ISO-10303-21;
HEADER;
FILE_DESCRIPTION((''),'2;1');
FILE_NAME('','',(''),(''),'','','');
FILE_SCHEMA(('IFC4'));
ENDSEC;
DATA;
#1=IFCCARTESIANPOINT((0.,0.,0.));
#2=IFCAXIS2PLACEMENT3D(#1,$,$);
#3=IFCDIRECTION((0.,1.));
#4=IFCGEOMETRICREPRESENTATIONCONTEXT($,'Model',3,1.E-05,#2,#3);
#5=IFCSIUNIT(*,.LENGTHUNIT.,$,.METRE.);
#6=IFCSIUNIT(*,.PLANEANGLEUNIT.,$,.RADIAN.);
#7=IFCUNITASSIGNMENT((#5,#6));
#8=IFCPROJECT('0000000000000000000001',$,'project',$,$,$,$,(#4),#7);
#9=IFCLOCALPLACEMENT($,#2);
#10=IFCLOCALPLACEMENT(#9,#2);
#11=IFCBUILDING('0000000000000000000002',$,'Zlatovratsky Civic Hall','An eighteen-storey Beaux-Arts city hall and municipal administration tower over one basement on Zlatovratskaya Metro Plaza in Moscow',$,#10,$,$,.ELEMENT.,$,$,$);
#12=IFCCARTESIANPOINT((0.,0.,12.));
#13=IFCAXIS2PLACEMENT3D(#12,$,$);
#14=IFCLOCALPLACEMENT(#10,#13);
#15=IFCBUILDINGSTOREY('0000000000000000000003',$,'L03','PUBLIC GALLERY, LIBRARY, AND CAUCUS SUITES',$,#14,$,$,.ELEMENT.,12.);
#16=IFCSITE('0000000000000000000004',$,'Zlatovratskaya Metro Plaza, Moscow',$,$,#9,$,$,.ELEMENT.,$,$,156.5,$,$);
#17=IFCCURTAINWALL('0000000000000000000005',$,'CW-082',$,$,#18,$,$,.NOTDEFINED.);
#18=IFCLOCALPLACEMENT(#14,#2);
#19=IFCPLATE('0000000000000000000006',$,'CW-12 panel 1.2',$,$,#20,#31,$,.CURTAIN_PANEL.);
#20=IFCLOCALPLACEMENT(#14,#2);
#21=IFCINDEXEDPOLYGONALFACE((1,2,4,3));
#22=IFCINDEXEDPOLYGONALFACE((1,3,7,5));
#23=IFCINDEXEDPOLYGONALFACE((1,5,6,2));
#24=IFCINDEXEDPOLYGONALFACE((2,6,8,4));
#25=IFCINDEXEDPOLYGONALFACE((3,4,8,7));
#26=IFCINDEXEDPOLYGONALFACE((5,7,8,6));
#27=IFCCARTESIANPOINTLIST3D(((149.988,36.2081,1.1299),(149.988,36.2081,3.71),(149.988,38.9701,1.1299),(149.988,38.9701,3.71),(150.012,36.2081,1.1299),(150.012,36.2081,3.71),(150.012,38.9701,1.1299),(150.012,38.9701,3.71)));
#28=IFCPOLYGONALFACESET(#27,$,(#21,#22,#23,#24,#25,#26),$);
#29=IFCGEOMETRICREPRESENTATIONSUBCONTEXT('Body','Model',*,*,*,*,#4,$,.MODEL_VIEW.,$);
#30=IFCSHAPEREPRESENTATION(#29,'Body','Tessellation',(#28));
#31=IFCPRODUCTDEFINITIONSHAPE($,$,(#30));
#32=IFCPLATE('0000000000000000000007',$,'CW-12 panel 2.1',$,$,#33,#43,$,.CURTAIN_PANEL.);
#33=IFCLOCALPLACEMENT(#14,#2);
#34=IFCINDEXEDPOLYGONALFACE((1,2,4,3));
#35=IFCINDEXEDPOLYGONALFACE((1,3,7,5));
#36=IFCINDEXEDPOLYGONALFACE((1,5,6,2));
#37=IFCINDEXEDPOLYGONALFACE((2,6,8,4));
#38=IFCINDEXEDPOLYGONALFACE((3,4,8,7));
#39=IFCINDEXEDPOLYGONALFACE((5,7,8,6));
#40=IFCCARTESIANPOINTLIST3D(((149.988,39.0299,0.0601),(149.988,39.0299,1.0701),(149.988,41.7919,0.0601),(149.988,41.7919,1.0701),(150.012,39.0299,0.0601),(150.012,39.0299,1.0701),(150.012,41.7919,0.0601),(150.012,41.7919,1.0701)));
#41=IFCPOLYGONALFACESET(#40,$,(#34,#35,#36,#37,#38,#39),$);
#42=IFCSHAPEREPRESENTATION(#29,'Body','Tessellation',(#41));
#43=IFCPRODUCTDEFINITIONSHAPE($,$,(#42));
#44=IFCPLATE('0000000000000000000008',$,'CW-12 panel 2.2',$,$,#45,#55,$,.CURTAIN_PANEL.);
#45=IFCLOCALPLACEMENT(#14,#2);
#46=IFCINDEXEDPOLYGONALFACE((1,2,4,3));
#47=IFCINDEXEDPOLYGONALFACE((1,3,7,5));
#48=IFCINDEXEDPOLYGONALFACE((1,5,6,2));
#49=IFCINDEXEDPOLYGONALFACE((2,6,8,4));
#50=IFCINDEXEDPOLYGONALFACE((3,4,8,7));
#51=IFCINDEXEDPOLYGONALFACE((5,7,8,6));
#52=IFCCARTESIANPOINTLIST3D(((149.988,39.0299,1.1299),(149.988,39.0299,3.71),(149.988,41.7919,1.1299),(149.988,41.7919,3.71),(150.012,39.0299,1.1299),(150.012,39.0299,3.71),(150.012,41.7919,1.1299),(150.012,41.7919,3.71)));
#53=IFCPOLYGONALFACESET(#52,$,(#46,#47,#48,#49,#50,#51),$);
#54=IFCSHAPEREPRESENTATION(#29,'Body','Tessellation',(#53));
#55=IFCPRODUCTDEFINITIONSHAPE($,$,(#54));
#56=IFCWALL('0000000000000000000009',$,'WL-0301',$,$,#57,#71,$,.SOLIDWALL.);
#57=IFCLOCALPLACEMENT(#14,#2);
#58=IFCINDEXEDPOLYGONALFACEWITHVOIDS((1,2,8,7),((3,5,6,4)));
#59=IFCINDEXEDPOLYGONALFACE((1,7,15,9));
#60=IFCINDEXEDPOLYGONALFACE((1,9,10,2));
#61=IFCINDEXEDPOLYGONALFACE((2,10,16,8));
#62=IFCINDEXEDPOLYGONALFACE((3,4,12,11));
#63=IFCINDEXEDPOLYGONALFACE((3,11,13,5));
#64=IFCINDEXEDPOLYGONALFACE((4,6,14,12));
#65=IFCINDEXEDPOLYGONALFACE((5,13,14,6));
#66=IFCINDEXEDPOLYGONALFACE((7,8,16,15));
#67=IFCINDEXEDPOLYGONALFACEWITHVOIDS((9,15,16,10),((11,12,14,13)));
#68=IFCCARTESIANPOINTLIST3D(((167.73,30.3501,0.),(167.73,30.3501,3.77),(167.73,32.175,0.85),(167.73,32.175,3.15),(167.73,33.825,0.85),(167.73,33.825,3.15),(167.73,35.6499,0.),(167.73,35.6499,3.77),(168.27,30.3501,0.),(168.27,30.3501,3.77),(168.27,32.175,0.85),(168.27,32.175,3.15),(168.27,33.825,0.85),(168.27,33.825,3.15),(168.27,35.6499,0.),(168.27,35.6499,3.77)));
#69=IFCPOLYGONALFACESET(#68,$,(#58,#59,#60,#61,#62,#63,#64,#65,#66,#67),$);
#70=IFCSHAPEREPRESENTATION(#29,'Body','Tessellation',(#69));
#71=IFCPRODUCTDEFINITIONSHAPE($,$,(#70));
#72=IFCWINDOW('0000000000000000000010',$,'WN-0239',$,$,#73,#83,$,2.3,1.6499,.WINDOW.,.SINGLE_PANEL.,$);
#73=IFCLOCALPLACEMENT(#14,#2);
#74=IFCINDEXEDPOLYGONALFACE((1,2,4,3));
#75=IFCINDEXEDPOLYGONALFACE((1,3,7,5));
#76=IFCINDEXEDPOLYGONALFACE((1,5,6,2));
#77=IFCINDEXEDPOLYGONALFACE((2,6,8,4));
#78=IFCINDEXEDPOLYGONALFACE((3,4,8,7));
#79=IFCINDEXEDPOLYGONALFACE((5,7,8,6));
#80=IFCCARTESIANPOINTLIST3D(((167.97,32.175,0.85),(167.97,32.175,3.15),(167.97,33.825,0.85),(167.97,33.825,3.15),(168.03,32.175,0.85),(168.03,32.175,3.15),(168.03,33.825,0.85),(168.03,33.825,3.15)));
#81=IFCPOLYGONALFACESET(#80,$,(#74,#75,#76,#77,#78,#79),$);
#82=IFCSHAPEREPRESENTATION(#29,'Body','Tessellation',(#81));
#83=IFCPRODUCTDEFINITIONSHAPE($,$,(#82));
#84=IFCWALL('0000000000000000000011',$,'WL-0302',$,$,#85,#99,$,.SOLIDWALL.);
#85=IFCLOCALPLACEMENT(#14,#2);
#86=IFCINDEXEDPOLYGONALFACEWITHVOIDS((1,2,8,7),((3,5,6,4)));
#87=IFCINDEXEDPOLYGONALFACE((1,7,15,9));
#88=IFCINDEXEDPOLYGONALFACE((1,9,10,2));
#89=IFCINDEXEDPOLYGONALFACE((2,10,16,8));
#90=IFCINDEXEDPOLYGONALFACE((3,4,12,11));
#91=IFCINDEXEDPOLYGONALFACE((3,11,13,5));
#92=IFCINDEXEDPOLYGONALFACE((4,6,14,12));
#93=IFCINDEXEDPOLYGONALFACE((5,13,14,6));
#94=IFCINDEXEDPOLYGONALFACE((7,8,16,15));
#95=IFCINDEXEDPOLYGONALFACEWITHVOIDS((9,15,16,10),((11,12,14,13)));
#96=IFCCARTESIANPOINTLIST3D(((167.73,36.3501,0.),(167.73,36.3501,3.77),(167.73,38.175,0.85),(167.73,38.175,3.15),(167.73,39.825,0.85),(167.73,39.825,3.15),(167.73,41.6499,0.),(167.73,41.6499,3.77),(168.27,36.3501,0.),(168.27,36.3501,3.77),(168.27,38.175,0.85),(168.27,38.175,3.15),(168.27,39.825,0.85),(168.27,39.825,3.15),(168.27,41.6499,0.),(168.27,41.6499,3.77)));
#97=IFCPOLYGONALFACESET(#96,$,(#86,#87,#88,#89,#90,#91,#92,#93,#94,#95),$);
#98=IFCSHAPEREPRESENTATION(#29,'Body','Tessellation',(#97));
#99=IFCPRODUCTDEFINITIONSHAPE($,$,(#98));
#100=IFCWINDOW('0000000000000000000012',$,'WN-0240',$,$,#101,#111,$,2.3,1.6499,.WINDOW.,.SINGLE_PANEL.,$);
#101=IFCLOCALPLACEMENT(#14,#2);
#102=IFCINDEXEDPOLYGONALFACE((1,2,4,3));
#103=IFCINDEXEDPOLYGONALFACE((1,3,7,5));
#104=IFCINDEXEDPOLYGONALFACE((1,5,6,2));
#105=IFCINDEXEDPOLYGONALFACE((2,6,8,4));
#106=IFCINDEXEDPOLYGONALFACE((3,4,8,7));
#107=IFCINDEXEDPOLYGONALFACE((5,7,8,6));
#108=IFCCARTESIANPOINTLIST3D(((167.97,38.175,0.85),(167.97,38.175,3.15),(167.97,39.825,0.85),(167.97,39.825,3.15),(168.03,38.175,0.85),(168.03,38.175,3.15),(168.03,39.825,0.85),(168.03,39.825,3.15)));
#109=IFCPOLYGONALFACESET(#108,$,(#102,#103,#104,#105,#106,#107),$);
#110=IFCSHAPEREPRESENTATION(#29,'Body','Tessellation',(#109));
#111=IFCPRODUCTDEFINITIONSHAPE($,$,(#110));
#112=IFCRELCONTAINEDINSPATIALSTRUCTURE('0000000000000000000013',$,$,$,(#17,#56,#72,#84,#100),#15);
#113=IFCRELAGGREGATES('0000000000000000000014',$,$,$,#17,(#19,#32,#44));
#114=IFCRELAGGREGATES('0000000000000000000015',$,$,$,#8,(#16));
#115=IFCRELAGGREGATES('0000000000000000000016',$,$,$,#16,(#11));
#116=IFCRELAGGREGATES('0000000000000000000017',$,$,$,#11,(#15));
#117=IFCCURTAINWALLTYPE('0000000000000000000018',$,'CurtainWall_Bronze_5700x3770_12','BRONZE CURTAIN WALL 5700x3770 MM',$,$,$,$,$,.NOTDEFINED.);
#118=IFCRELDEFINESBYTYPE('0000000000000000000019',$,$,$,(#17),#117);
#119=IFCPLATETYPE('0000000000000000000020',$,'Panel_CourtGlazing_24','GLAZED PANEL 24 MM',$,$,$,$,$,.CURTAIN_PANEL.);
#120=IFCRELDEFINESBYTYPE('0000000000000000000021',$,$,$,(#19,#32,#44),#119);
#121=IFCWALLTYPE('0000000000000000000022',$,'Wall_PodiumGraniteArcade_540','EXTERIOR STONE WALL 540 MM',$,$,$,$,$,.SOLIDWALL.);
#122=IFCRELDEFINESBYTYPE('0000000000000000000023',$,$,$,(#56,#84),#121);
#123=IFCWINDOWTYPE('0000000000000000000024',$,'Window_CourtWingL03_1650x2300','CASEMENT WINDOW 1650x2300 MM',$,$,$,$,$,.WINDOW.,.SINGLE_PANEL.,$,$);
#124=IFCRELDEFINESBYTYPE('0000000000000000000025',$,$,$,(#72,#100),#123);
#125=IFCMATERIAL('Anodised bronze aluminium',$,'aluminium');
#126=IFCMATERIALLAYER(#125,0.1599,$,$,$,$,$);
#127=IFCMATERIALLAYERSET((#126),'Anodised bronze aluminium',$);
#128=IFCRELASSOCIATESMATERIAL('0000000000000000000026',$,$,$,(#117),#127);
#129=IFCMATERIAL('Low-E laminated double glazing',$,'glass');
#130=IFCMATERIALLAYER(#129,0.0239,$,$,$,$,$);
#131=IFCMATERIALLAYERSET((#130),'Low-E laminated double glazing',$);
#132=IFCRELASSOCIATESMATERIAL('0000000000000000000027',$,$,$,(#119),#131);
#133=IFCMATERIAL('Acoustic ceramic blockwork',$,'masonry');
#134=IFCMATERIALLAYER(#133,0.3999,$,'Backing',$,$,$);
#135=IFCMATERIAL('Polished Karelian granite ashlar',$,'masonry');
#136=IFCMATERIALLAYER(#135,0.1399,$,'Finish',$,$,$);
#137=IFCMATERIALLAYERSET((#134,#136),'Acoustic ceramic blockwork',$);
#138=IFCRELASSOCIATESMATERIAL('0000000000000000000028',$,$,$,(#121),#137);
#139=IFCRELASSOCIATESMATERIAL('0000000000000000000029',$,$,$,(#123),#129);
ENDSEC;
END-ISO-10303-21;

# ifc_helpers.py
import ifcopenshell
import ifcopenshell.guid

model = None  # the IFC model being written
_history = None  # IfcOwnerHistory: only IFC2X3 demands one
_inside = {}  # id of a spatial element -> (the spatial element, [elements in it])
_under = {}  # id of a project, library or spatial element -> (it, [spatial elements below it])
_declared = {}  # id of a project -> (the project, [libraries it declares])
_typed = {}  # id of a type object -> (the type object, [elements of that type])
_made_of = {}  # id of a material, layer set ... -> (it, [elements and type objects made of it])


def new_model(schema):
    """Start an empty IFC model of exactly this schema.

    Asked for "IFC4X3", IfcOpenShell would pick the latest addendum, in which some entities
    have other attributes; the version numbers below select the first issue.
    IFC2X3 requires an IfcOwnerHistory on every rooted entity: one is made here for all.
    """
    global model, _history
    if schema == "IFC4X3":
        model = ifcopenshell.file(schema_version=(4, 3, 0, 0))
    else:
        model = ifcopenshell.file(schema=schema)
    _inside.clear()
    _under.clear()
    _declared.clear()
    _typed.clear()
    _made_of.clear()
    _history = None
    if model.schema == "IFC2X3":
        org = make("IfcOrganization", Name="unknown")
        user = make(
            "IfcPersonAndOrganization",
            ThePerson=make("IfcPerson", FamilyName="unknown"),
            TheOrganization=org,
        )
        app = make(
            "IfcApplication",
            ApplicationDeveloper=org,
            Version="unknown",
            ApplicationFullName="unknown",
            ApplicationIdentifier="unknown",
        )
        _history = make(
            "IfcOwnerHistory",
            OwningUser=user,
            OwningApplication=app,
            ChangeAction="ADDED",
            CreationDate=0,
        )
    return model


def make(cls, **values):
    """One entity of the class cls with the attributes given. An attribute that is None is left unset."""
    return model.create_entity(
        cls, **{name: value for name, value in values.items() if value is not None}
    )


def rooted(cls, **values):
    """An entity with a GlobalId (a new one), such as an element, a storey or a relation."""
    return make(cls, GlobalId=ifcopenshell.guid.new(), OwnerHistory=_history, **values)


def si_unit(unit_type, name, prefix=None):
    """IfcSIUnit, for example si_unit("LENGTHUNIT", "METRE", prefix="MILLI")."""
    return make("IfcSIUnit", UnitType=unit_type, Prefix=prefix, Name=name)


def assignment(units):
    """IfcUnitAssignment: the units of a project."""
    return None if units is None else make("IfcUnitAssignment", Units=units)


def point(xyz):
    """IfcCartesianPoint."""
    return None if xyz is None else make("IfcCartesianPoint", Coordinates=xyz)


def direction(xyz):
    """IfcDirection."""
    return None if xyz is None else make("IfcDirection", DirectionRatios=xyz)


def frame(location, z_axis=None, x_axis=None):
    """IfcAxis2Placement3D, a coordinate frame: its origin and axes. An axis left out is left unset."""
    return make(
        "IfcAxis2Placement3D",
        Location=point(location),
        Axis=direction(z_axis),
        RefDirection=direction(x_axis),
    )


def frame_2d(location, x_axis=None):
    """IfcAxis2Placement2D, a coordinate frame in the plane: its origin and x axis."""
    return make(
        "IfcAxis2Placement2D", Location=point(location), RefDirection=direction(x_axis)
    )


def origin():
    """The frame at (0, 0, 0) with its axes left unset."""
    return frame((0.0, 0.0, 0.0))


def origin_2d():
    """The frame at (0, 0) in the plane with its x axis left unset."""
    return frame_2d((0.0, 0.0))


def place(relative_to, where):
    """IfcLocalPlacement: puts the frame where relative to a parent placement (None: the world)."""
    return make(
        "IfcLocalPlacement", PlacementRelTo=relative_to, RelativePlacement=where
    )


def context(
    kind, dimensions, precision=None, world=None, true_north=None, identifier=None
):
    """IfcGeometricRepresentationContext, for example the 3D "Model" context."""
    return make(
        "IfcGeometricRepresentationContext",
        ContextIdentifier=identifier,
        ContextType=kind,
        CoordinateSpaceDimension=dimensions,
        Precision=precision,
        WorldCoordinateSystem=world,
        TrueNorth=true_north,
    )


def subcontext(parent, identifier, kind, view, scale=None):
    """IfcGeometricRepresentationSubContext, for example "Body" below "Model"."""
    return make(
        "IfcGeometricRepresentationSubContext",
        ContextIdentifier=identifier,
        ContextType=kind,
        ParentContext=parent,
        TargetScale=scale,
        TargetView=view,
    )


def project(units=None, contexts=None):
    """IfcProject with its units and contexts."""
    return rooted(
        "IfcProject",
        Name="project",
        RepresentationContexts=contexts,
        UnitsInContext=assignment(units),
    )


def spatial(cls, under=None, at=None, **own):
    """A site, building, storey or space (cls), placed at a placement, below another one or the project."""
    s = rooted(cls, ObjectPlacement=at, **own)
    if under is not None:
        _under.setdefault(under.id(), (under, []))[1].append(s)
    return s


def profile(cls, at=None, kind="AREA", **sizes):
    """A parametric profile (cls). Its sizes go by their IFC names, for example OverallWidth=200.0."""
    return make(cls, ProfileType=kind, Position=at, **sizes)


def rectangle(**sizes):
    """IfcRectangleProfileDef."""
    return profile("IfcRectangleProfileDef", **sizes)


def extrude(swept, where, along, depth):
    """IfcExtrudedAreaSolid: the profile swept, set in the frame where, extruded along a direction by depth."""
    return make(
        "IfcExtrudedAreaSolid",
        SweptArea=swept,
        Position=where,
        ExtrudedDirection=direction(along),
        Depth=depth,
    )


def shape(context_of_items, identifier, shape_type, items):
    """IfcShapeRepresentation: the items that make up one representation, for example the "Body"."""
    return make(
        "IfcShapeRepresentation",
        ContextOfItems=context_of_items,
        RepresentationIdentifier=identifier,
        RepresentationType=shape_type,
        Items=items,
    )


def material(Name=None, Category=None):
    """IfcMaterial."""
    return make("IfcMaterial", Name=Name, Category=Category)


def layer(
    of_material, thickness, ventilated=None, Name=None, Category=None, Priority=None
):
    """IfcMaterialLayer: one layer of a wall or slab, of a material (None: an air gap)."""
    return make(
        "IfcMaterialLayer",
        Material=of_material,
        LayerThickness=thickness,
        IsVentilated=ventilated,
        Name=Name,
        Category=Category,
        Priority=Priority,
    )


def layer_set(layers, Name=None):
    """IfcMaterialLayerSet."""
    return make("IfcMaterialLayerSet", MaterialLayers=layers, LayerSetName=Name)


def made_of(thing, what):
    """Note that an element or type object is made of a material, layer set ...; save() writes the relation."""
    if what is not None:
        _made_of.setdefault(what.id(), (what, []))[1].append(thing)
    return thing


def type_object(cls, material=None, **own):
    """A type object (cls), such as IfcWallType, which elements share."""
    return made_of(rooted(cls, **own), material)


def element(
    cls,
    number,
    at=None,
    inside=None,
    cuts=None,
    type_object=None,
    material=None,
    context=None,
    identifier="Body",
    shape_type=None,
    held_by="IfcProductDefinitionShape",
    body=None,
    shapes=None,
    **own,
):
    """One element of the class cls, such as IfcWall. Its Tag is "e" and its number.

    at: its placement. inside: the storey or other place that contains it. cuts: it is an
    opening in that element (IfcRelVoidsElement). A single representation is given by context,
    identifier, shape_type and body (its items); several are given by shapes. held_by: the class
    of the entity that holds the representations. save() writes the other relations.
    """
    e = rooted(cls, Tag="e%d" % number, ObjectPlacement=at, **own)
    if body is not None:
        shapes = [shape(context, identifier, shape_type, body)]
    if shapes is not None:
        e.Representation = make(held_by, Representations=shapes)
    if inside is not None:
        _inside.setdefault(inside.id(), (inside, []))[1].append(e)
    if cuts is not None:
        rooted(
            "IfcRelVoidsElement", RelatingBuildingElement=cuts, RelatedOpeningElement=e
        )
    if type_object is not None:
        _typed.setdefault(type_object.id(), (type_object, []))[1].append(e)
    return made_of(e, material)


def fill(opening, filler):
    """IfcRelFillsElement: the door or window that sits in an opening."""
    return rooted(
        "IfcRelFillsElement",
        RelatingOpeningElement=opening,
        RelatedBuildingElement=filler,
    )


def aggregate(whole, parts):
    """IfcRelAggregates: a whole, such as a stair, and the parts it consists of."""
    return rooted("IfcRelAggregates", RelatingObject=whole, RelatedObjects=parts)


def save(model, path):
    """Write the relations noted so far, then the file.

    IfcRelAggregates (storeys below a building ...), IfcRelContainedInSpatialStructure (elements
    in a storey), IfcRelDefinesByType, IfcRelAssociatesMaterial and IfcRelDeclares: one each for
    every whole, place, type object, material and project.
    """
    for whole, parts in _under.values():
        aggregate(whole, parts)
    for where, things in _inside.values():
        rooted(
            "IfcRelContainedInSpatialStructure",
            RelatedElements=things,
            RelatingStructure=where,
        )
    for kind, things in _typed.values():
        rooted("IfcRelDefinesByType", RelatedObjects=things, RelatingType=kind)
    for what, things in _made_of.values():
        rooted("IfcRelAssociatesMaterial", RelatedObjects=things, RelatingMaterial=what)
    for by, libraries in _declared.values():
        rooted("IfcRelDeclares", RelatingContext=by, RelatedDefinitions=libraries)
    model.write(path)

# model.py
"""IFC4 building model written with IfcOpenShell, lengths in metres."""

from ifc_helpers import new_model, si_unit, direction, frame, frame_2d, origin, origin_2d, place, context, subcontext, project, spatial, rectangle, extrude, material, layer, layer_set, type_object, element, fill, aggregate, save


model = new_model("IFC4")

# Units and contexts
model_context = context("Model", 3, precision=1e-05, world=origin(), true_north=direction((0.0, 1.0)))
body_context = subcontext(model_context, "Body", "Model", "MODEL_VIEW")
ifc_project = project(units=[si_unit("LENGTHUNIT", "METRE"), si_unit("PLANEANGLEUNIT", "RADIAN")], contexts=[model_context])

# Site, building, storey
site_placement = place(None, origin())
site = spatial("IfcSite", under=ifc_project, at=site_placement, Name="Zlatovratskaya Metro Plaza, Moscow", CompositionType="ELEMENT", RefElevation=156.5)
building_placement = place(site_placement, origin())
building = spatial("IfcBuilding", under=site, at=building_placement, Name="Zlatovratsky Civic Hall", Description="An eighteen-storey Beaux-Arts city hall and municipal administration tower over one basement on Zlatovratskaya Metro Plaza in Moscow", CompositionType="ELEMENT")
storey_placement = place(building_placement, frame((0.0, 0.0, 12.0)))
storey = spatial("IfcBuildingStorey", under=building, at=storey_placement, Name="L03", Description="PUBLIC GALLERY, LIBRARY, AND CAUCUS SUITES", CompositionType="ELEMENT", Elevation=12.0)

# Curtain wall
ifc_material_1 = material(Name="Anodised bronze aluminium", Category="aluminium")
ifc_layer_1 = layer(ifc_material_1, 0.1599)
ifc_layer_set_1 = layer_set([ifc_layer_1], Name="Anodised bronze aluminium")
curtain_wall_type = type_object("IfcCurtainWallType", Name="CurtainWall_Bronze_5700x3770_12", Description="BRONZE CURTAIN WALL 5700x3770 MM", PredefinedType="NOTDEFINED", material=ifc_layer_set_1)
curtain_wall_placement = place(storey_placement, origin())
curtain_wall = element("IfcCurtainWall", 1, at=curtain_wall_placement, inside=storey, type_object=curtain_wall_type, Name="CW-082", PredefinedType="NOTDEFINED")

# Plates
ifc_material_2 = material(Name="Low-E laminated double glazing", Category="glass")
ifc_layer_2 = layer(ifc_material_2, 0.0239)
ifc_layer_set_2 = layer_set([ifc_layer_2], Name="Low-E laminated double glazing")
plate_type = type_object("IfcPlateType", Name="Panel_CourtGlazing_24", Description="GLAZED PANEL 24 MM", PredefinedType="CURTAIN_PANEL", material=ifc_layer_set_2)
plate_1_placement = place(storey_placement, frame((150.0, 37.5891, 1.1299), z_axis=(0.0, 0.0, 1.0), x_axis=(0.0, 1.0, 0.0)))
plate_1 = element("IfcPlate", 2, at=plate_1_placement, type_object=plate_type, Name="CW-12 panel 1.2", PredefinedType="CURTAIN_PANEL", context=body_context, shape_type="SweptSolid", body=[
    extrude(rectangle(XDim=2.762, YDim=0.0239, at=origin_2d()), origin(), (0.0, 0.0, 1.0), 2.5801),
])
plate_2_placement = place(storey_placement, frame((150.0, 40.4109, 0.0601), z_axis=(0.0, 0.0, 1.0), x_axis=(0.0, 1.0, 0.0)))
plate_2 = element("IfcPlate", 3, at=plate_2_placement, type_object=plate_type, Name="CW-12 panel 2.1", PredefinedType="CURTAIN_PANEL", context=body_context, shape_type="SweptSolid", body=[
    extrude(rectangle(XDim=2.762, YDim=0.0239, at=origin_2d()), origin(), (0.0, 0.0, 1.0), 1.01),
])
plate_3_placement = place(storey_placement, frame((150.0, 40.4109, 1.1299), z_axis=(0.0, 0.0, 1.0), x_axis=(0.0, 1.0, 0.0)))
plate_3 = element("IfcPlate", 4, at=plate_3_placement, type_object=plate_type, Name="CW-12 panel 2.2", PredefinedType="CURTAIN_PANEL", context=body_context, shape_type="SweptSolid", body=[
    extrude(rectangle(XDim=2.762, YDim=0.0239, at=origin_2d()), origin(), (0.0, 0.0, 1.0), 2.5801),
])
aggregate(curtain_wall, [plate_1, plate_2, plate_3])

# Walls, openings, windows
ifc_material_3 = material(Name="Acoustic ceramic blockwork", Category="masonry")
ifc_layer_3 = layer(ifc_material_3, 0.3999, Name="Backing")
ifc_material_4 = material(Name="Polished Karelian granite ashlar", Category="masonry")
ifc_layer_4 = layer(ifc_material_4, 0.1399, Name="Finish")
ifc_layer_set_3 = layer_set([ifc_layer_3, ifc_layer_4], Name="Acoustic ceramic blockwork")
wall_type = type_object("IfcWallType", Name="Wall_PodiumGraniteArcade_540", Description="EXTERIOR STONE WALL 540 MM", PredefinedType="SOLIDWALL", material=ifc_layer_set_3)
wall_1_placement = place(storey_placement, frame((168.0, 30.3501, 0.0), z_axis=(0.0, 0.0, 1.0), x_axis=(0.0, 1.0, 0.0)))
wall_1 = element("IfcWall", 5, at=wall_1_placement, inside=storey, type_object=wall_type, Name="WL-0301", PredefinedType="SOLIDWALL", context=body_context, shape_type="SweptSolid", body=[
    extrude(rectangle(XDim=5.2998, YDim=0.54, at=frame_2d((2.6499, 0.0))), origin(), (0.0, 0.0, 1.0), 3.77),
])
opening_1_placement = place(wall_1_placement, frame((1.825, 0.0, 0.8501)))
opening_1 = element("IfcOpeningElement", 6, at=opening_1_placement, cuts=wall_1, PredefinedType="OPENING", context=body_context, shape_type="SweptSolid", body=[
    extrude(rectangle(XDim=1.6499, YDim=2.3, at=frame_2d((0.825, 1.1499))), frame((0.0, 0.2849, 0.0), z_axis=(0.0, -1.0, 0.0), x_axis=(1.0, 0.0, 0.0)), (0.0, 0.0, 1.0), 0.5698),
])
window_type = type_object("IfcWindowType", Name="Window_CourtWingL03_1650x2300", Description="CASEMENT WINDOW 1650x2300 MM", PartitioningType="SINGLE_PANEL", PredefinedType="WINDOW", material=ifc_material_2)
window_1_placement = place(opening_1_placement, origin())
window_1 = element("IfcWindow", 7, at=window_1_placement, inside=storey, type_object=window_type, Name="WN-0239", OverallHeight=2.3, OverallWidth=1.6499, PartitioningType="SINGLE_PANEL", PredefinedType="WINDOW", context=body_context, shape_type="SweptSolid", body=[
    extrude(rectangle(XDim=1.6499, YDim=2.3, at=frame_2d((0.825, 1.1499))), frame((0.0, 0.03, 0.0), z_axis=(0.0, -1.0, 0.0), x_axis=(1.0, 0.0, 0.0)), (0.0, 0.0, 1.0), 0.0601),
])
fill(opening_1, window_1)
wall_2_placement = place(storey_placement, frame((168.0, 36.3501, 0.0), z_axis=(0.0, 0.0, 1.0), x_axis=(0.0, 1.0, 0.0)))
wall_2 = element("IfcWall", 8, at=wall_2_placement, inside=storey, type_object=wall_type, Name="WL-0302", PredefinedType="SOLIDWALL", context=body_context, shape_type="SweptSolid", body=[
    extrude(rectangle(XDim=5.2998, YDim=0.54, at=frame_2d((2.6499, 0.0))), origin(), (0.0, 0.0, 1.0), 3.77),
])
opening_2_placement = place(wall_2_placement, frame((1.825, 0.0, 0.8501)))
opening_2 = element("IfcOpeningElement", 9, at=opening_2_placement, cuts=wall_2, PredefinedType="OPENING", context=body_context, shape_type="SweptSolid", body=[
    extrude(rectangle(XDim=1.6499, YDim=2.3, at=frame_2d((0.825, 1.1499))), frame((0.0, 0.2849, 0.0), z_axis=(0.0, -1.0, 0.0), x_axis=(1.0, 0.0, 0.0)), (0.0, 0.0, 1.0), 0.5698),
])
window_2_placement = place(opening_2_placement, origin())
window_2 = element("IfcWindow", 10, at=window_2_placement, inside=storey, type_object=window_type, Name="WN-0240", OverallHeight=2.3, OverallWidth=1.6499, PartitioningType="SINGLE_PANEL", PredefinedType="WINDOW", context=body_context, shape_type="SweptSolid", body=[
    extrude(rectangle(XDim=1.6499, YDim=2.3, at=frame_2d((0.825, 1.1499))), frame((0.0, 0.03, 0.0), z_axis=(0.0, -1.0, 0.0), x_axis=(1.0, 0.0, 0.0)), (0.0, 0.0, 1.0), 0.0601),
])
fill(opening_2, window_2)

save(model, "model.ifc")
